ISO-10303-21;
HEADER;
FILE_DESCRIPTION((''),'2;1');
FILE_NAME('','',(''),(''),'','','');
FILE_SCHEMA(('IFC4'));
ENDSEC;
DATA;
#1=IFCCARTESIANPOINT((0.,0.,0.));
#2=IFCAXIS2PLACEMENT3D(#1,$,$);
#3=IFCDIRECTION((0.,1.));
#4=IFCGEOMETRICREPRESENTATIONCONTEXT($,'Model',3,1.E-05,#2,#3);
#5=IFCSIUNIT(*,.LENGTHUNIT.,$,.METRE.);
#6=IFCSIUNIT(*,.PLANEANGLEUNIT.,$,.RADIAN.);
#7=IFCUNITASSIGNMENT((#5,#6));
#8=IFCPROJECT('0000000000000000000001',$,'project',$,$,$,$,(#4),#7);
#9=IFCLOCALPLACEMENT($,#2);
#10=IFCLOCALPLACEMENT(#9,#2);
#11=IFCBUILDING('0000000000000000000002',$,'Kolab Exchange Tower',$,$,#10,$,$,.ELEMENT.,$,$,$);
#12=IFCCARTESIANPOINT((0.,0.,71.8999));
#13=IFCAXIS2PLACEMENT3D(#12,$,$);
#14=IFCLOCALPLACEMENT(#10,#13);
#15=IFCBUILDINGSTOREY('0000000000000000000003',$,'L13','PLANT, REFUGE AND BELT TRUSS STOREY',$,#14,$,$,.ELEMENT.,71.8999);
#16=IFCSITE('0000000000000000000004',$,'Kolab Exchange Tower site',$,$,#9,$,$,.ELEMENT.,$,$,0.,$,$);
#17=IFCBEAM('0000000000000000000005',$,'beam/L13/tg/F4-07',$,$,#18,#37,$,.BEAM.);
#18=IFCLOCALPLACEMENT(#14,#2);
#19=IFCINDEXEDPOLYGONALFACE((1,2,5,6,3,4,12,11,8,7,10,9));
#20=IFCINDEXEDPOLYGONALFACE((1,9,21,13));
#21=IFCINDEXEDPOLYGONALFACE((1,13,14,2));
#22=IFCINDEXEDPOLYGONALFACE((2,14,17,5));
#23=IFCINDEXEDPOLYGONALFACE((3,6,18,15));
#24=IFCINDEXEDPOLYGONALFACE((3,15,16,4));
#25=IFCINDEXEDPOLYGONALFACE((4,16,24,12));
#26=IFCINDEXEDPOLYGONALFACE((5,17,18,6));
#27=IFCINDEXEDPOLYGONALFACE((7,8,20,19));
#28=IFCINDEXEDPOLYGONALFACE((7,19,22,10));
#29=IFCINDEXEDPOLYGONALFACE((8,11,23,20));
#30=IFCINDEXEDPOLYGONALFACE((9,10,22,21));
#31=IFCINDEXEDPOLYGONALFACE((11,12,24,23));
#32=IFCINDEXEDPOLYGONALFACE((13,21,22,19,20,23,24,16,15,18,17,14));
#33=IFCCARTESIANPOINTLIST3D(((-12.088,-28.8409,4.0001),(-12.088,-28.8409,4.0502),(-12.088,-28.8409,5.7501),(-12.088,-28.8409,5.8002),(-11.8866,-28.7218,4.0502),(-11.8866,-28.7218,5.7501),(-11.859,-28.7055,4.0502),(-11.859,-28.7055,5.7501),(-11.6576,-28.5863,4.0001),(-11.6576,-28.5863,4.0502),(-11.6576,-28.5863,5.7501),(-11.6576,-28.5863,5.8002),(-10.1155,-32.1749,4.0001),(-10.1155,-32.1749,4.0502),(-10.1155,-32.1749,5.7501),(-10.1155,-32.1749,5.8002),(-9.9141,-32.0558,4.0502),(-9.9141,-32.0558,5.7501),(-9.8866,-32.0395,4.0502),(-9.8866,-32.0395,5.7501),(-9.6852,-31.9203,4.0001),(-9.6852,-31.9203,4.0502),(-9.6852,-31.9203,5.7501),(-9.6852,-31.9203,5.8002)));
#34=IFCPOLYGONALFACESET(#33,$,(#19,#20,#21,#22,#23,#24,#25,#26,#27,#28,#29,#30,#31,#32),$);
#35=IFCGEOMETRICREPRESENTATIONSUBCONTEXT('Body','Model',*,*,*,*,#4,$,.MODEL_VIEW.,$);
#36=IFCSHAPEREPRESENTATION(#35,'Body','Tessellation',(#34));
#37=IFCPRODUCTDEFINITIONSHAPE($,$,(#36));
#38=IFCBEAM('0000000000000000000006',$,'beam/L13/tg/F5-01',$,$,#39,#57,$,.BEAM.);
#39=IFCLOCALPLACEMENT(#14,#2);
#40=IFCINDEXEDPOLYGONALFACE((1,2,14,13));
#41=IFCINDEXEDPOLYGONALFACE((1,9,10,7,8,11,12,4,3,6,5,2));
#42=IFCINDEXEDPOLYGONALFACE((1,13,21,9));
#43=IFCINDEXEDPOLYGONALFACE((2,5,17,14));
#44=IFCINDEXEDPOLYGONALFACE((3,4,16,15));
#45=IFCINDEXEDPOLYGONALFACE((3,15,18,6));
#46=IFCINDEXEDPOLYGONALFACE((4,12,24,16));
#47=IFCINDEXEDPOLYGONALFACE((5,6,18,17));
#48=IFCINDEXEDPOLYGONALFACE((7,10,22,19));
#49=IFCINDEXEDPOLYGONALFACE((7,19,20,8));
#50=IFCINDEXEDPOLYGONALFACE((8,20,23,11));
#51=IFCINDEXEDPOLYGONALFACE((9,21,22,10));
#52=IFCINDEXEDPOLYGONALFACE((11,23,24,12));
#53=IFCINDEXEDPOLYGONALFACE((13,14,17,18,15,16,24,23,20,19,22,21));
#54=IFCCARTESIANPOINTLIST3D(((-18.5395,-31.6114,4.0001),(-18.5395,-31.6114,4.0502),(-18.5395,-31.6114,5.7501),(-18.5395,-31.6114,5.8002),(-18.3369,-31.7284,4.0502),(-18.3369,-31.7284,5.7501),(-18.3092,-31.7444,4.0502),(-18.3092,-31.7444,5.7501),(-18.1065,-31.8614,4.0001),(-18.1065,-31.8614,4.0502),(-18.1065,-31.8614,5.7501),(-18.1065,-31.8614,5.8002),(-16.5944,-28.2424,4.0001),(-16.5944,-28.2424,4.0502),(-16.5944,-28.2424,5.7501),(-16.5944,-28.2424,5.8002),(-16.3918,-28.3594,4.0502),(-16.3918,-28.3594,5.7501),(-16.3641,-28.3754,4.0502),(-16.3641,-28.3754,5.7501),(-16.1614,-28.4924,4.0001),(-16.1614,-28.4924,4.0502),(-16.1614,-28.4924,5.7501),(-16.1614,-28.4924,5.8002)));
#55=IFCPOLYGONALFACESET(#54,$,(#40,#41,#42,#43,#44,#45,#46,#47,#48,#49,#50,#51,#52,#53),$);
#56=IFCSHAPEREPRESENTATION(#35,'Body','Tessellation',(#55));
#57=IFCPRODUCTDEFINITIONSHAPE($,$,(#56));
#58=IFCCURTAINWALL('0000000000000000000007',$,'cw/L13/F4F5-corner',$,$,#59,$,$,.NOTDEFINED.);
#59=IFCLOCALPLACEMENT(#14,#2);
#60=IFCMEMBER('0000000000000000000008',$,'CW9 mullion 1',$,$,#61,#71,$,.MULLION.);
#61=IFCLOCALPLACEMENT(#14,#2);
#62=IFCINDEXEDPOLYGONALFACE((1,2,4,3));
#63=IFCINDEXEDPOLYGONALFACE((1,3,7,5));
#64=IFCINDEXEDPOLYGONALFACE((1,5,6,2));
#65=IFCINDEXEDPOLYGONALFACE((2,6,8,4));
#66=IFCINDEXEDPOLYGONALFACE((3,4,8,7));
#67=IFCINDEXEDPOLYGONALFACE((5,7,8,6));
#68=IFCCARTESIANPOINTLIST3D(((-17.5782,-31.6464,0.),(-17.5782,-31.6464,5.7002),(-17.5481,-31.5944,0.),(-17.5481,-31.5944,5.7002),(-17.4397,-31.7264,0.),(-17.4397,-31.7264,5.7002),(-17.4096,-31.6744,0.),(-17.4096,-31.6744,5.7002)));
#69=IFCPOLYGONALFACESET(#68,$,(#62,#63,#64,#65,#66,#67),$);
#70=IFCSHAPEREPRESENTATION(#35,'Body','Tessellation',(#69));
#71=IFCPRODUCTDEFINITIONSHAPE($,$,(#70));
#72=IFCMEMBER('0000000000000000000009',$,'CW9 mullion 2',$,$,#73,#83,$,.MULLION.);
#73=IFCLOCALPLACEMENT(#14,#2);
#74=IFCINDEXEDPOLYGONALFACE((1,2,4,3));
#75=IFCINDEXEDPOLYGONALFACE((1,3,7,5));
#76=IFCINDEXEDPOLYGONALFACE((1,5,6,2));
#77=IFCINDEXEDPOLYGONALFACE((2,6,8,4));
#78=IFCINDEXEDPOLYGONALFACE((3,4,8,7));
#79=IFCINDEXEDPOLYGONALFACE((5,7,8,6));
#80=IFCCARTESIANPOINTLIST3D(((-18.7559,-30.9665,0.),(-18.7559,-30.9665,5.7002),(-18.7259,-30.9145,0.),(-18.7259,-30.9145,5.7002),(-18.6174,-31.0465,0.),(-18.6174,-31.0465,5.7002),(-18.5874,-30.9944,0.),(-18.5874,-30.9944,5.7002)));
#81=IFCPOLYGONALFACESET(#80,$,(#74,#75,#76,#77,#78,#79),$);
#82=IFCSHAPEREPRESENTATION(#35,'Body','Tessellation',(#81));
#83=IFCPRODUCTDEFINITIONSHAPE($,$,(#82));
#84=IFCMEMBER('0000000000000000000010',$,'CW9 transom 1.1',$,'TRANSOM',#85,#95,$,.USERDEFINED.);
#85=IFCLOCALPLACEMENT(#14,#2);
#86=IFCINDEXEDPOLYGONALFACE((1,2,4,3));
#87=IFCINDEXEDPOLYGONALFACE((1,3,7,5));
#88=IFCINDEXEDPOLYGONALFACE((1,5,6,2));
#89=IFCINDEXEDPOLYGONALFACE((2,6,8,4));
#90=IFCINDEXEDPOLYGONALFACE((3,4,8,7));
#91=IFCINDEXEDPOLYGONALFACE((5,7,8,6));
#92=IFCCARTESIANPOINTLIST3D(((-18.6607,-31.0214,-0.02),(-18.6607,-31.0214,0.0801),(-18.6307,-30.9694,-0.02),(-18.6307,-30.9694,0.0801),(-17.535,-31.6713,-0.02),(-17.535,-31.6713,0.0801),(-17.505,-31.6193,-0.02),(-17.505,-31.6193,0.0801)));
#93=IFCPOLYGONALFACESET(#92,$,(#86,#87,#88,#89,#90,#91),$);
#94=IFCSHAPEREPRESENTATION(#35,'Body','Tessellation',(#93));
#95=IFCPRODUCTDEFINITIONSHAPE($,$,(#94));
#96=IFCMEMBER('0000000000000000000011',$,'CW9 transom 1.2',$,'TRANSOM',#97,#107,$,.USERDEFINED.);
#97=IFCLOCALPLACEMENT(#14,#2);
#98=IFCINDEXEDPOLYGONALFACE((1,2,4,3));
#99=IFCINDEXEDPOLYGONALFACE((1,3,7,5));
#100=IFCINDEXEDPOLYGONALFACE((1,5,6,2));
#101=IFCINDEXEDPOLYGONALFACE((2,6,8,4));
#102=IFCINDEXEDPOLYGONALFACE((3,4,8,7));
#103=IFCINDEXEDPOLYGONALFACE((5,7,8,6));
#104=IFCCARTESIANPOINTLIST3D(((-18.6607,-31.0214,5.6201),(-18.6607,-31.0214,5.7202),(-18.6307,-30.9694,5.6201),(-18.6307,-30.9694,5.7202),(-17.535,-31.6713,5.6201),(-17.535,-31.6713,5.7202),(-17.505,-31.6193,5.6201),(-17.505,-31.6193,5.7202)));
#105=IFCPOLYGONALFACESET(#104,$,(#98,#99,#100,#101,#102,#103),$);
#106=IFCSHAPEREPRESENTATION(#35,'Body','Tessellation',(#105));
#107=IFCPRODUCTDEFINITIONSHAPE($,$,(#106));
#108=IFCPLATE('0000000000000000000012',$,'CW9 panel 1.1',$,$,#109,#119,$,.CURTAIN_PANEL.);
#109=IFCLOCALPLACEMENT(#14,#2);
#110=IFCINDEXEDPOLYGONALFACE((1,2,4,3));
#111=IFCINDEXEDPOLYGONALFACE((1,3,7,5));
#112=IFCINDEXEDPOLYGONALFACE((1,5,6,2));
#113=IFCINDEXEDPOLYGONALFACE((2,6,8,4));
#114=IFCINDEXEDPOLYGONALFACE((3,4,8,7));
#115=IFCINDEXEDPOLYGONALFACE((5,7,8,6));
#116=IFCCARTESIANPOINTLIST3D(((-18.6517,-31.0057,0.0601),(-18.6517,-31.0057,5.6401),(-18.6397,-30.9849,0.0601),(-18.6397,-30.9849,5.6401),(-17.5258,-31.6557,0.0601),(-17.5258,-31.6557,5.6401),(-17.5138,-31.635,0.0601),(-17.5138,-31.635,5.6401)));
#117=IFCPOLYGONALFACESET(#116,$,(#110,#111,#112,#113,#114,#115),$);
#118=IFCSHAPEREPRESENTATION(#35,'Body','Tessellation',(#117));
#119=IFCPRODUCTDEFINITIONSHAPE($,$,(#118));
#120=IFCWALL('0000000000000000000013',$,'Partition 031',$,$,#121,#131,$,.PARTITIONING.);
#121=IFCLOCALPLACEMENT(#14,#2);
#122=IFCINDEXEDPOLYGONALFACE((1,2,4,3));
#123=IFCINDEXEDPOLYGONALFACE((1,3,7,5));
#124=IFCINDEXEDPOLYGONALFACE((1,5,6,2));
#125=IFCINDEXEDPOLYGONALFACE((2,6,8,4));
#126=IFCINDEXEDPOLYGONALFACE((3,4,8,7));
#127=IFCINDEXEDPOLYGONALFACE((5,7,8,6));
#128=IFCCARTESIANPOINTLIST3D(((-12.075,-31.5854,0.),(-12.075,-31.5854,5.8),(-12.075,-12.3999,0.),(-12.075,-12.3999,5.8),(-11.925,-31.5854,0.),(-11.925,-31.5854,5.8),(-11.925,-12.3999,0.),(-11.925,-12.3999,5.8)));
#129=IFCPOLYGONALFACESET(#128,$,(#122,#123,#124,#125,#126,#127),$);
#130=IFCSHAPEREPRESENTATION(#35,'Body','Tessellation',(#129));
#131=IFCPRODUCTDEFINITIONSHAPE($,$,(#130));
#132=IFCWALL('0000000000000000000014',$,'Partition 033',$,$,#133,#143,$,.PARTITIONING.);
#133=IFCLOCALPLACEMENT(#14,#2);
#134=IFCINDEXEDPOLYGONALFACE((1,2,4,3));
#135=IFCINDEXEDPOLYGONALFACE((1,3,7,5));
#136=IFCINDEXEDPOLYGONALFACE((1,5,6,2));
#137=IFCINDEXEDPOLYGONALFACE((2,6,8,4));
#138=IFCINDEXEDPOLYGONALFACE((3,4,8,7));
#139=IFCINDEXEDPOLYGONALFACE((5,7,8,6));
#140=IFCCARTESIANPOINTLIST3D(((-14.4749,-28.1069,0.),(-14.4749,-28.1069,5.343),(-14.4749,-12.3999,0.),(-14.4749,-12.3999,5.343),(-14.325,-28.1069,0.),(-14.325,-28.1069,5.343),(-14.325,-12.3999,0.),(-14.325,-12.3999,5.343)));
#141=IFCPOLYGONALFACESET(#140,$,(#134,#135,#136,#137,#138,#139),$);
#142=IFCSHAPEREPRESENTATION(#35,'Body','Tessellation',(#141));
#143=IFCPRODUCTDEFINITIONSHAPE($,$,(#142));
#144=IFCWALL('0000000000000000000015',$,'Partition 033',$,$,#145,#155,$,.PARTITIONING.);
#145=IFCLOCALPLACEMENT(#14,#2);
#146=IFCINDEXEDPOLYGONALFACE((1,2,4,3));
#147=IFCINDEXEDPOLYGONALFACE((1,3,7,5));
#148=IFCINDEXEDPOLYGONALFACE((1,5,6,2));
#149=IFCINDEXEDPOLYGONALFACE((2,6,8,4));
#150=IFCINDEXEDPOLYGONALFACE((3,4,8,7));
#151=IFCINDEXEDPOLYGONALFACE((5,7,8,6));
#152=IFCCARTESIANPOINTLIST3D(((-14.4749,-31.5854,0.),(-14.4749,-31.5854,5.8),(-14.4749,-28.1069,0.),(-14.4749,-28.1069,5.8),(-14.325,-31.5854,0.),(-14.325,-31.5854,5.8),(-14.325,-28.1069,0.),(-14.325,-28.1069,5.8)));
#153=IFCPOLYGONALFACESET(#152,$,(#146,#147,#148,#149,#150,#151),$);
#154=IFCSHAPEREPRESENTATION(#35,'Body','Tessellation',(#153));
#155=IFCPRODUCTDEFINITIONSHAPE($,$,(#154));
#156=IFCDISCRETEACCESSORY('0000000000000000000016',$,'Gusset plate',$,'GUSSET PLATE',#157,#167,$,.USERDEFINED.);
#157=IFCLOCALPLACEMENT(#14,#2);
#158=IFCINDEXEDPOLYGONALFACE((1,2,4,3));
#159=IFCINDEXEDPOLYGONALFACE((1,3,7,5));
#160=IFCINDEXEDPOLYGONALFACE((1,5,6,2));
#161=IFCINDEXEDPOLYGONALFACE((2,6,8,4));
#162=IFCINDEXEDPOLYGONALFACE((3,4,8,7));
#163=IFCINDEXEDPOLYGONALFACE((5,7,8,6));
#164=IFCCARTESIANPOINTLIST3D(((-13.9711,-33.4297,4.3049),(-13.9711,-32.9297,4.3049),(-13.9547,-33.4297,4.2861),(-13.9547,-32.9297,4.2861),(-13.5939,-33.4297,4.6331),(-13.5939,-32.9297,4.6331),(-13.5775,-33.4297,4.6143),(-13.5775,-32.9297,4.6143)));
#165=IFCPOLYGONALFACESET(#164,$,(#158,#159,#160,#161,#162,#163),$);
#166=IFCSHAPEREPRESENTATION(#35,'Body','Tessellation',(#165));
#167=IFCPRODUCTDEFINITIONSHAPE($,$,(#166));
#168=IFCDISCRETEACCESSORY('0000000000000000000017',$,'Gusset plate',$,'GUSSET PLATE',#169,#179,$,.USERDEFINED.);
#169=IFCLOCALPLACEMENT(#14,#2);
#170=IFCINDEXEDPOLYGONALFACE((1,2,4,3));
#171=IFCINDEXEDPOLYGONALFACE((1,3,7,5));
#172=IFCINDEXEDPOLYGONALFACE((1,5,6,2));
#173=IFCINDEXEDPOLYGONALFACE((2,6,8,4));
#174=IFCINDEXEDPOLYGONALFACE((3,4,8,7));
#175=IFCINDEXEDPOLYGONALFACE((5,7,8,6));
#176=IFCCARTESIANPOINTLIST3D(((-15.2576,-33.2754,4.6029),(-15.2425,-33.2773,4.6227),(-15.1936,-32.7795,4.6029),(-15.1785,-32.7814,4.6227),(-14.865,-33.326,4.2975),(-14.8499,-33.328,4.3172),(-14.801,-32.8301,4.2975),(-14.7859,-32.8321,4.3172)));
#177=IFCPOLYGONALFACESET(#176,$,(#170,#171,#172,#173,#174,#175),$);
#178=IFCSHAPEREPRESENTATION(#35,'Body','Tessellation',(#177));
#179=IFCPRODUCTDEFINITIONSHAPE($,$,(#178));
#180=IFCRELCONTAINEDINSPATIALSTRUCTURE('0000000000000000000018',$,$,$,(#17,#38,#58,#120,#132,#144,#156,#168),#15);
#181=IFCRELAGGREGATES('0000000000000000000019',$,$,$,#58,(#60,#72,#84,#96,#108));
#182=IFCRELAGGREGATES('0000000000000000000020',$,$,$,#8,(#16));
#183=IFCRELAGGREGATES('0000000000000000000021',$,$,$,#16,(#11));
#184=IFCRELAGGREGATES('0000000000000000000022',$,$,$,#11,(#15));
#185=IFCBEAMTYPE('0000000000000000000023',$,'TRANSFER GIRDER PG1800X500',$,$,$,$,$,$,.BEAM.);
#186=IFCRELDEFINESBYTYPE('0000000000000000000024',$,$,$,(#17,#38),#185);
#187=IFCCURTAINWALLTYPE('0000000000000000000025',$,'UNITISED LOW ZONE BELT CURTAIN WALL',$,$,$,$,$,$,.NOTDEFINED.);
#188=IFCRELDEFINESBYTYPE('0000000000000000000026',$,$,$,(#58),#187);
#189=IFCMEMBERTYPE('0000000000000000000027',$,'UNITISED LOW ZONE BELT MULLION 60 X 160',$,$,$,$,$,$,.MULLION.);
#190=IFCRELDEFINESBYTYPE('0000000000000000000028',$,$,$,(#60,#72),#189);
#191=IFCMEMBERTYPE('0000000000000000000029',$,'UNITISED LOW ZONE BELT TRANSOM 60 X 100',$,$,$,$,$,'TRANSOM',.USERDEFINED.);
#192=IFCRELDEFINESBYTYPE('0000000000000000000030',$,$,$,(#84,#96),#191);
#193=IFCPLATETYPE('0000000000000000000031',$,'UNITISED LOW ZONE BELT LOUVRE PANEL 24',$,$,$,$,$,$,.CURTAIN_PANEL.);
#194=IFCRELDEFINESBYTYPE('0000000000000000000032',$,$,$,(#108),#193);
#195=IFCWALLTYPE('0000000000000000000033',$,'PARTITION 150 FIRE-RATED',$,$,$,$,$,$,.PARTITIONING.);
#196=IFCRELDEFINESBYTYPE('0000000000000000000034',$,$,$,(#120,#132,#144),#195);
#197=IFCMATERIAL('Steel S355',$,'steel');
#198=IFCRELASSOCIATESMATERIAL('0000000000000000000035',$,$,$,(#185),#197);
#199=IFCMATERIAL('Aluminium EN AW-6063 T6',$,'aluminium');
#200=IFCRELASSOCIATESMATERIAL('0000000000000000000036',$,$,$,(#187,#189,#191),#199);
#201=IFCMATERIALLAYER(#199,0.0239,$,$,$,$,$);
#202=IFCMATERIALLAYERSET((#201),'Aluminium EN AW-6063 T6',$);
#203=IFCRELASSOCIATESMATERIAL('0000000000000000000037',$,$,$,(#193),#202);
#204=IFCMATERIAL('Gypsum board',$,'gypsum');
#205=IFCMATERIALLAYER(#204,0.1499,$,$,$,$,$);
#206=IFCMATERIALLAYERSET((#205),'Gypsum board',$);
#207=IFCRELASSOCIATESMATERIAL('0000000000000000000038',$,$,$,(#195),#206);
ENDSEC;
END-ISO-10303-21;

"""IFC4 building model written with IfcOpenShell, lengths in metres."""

from ifc_helpers import new_model, si_unit, direction, frame, frame_2d, origin, origin_2d, place, context, subcontext, project, spatial, rectangle, i_section, extrude, material, layer, layer_set, material_profile, profile_set, type_object, element, aggregate, save


model = new_model("IFC4")

# Units and contexts
model_context = context("Model", 3, precision=1e-05, world=origin(), true_north=direction((0.0, 1.0)))
body_context = subcontext(model_context, "Body", "Model", "MODEL_VIEW")
ifc_project = project(units=[si_unit("LENGTHUNIT", "METRE"), si_unit("PLANEANGLEUNIT", "RADIAN")], contexts=[model_context])

# Site, building, storey
site_placement = place(None, origin())
site = spatial("IfcSite", under=ifc_project, at=site_placement, Name="Kolab Exchange Tower site", CompositionType="ELEMENT", RefElevation=0.0)
building_placement = place(site_placement, origin())
building = spatial("IfcBuilding", under=site, at=building_placement, Name="Kolab Exchange Tower", CompositionType="ELEMENT")
storey_placement = place(building_placement, frame((0.0, 0.0, 71.8999)))
storey = spatial("IfcBuildingStorey", under=building, at=storey_placement, Name="L13", Description="PLANT, REFUGE AND BELT TRUSS STOREY", CompositionType="ELEMENT", Elevation=71.8999)

# Shared definitions
ifc_material_1 = material(Name="Steel S355", Category="steel")

# Shared definitions
ifc_material_2 = material(Name="Aluminium EN AW-6063 T6", Category="aluminium")

# Beams
ifc_material_profile_1 = material_profile(ifc_material_1, i_section(OverallWidth=0.5, OverallDepth=1.8, WebThickness=0.032, FlangeThickness=0.05, at=origin_2d()), Name="PG1800X500")
ifc_profile_set_1 = profile_set([ifc_material_profile_1], Name="Steel S355")
beam_type_1 = type_object("IfcBeamType", Name="TRANSFER GIRDER PG1800X500", PredefinedType="BEAM", material=ifc_profile_set_1)
beam_1_placement = place(storey_placement, frame((-11.8728, -28.7136, 4.9001), z_axis=(0.509175, -0.860663, 0.0), x_axis=(0.860663, 0.509175, 0.0)))
element("IfcBeam", 1, at=beam_1_placement, inside=storey, type_object=beam_type_1, Name="beam/L13/tg/F4-07", PredefinedType="BEAM", context=body_context, shape_type="SweptSolid", body=[
    extrude(i_section(OverallWidth=0.5, OverallDepth=1.8, WebThickness=0.032, FlangeThickness=0.05, at=origin_2d()), origin(), (0.0, 0.0, 1.0), 3.8738),
])
beam_2_placement = place(storey_placement, frame((-16.3779, -28.3674, 4.9001), z_axis=(-0.500007, -0.866022, 0.0), x_axis=(0.866022, -0.500007, 0.0)))
element("IfcBeam", 2, at=beam_2_placement, inside=storey, type_object=beam_type_1, Name="beam/L13/tg/F5-01", PredefinedType="BEAM", context=body_context, shape_type="SweptSolid", body=[
    extrude(i_section(OverallWidth=0.5, OverallDepth=1.8, WebThickness=0.032, FlangeThickness=0.05, at=origin_2d()), origin(), (0.0, 0.0, 1.0), 3.8901),
])

# Curtain wall, members, plate
curtain_wall_type_1 = type_object("IfcCurtainWallType", Name="UNITISED LOW ZONE BELT CURTAIN WALL", PredefinedType="NOTDEFINED", material=ifc_material_2)
curtain_wall_1_placement = place(storey_placement, origin())
curtain_wall_1 = element("IfcCurtainWall", 3, at=curtain_wall_1_placement, inside=storey, type_object=curtain_wall_type_1, Name="cw/L13/F4F5-corner", PredefinedType="NOTDEFINED")
ifc_material_profile_2 = material_profile(ifc_material_2, rectangle(XDim=0.0601, YDim=0.1599, at=origin_2d()), Name="RECT 60X160")
ifc_profile_set_2 = profile_set([ifc_material_profile_2], Name="Aluminium EN AW-6063 T6")
member_type_1 = type_object("IfcMemberType", Name="UNITISED LOW ZONE BELT MULLION 60 X 160", PredefinedType="MULLION", material=ifc_profile_set_2)
member_1_placement = place(storey_placement, frame((-17.4939, -31.6604, 0.0), z_axis=(0.0, 0.0, 1.0), x_axis=(-0.5, -0.866025, 0.0)))
member_1 = element("IfcMember", 4, at=member_1_placement, type_object=member_type_1, Name="CW9 mullion 1", PredefinedType="MULLION", context=body_context, shape_type="SweptSolid", body=[
    extrude(rectangle(XDim=0.0601, YDim=0.1599, at=origin_2d()), origin(), (0.0, 0.0, 1.0), 5.7002),
])
member_2_placement = place(storey_placement, frame((-18.6716, -30.9805, 0.0), z_axis=(0.0, 0.0, 1.0), x_axis=(-0.5, -0.866025, 0.0)))
member_2 = element("IfcMember", 5, at=member_2_placement, type_object=member_type_1, Name="CW9 mullion 2", PredefinedType="MULLION", context=body_context, shape_type="SweptSolid", body=[
    extrude(rectangle(XDim=0.0601, YDim=0.1599, at=origin_2d()), origin(), (0.0, 0.0, 1.0), 5.7002),
])
ifc_material_profile_3 = material_profile(ifc_material_2, rectangle(XDim=0.0601, YDim=0.1001, at=origin_2d()), Name="RECT 60X100")
ifc_profile_set_3 = profile_set([ifc_material_profile_3], Name="Aluminium EN AW-6063 T6")
member_type_2 = type_object("IfcMemberType", Name="UNITISED LOW ZONE BELT TRANSOM 60 X 100", ElementType="TRANSOM", PredefinedType="USERDEFINED", material=ifc_profile_set_3)
member_3_placement = place(storey_placement, frame((-17.52, -31.6453, 0.03), z_axis=(-0.866039, 0.499977, 0.0), x_axis=(-0.499977, -0.866039, 0.0)))
member_3 = element("IfcMember", 6, at=member_3_placement, type_object=member_type_2, Name="CW9 transom 1.1", ObjectType="TRANSOM", PredefinedType="USERDEFINED", context=body_context, shape_type="SweptSolid", body=[
    extrude(rectangle(XDim=0.0601, YDim=0.1001, at=origin_2d()), origin(), (0.0, 0.0, 1.0), 1.2998),
])
member_4_placement = place(storey_placement, frame((-17.52, -31.6453, 5.6702), z_axis=(-0.866039, 0.499977, 0.0), x_axis=(-0.499977, -0.866039, 0.0)))
member_4 = element("IfcMember", 7, at=member_4_placement, type_object=member_type_2, Name="CW9 transom 1.2", ObjectType="TRANSOM", PredefinedType="USERDEFINED", context=body_context, shape_type="SweptSolid", body=[
    extrude(rectangle(XDim=0.0601, YDim=0.1001, at=origin_2d()), origin(), (0.0, 0.0, 1.0), 1.2998),
])
ifc_layer_1 = layer(ifc_material_2, 0.0239)
ifc_layer_set_1 = layer_set([ifc_layer_1], Name="Aluminium EN AW-6063 T6")
plate_type = type_object("IfcPlateType", Name="UNITISED LOW ZONE BELT LOUVRE PANEL 24", PredefinedType="CURTAIN_PANEL", material=ifc_layer_set_1)
plate_placement = place(storey_placement, frame((-18.0828, -31.3203, 0.0601), z_axis=(0.0, 0.0, 1.0), x_axis=(-0.866025, 0.5, 0.0)))
plate = element("IfcPlate", 8, at=plate_placement, type_object=plate_type, Name="CW9 panel 1.1", PredefinedType="CURTAIN_PANEL", context=body_context, shape_type="SweptSolid", body=[
    extrude(rectangle(XDim=1.3, YDim=0.0239, at=origin_2d()), origin(), (0.0, 0.0, 1.0), 5.5801),
])
aggregate(curtain_wall_1, [member_1, member_2, member_3, member_4, plate])

# Walls
ifc_material_3 = material(Name="Gypsum board", Category="gypsum")
ifc_layer_2 = layer(ifc_material_3, 0.1499)
ifc_layer_set_2 = layer_set([ifc_layer_2], Name="Gypsum board")
wall_type = type_object("IfcWallType", Name="PARTITION 150 FIRE-RATED", PredefinedType="PARTITIONING", material=ifc_layer_set_2)
wall_1_placement = place(storey_placement, frame((-12.0, -31.5854, 0.0), z_axis=(0.0, 0.0, 1.0), x_axis=(0.0, 1.0, 0.0)))
element("IfcWall", 9, at=wall_1_placement, inside=storey, type_object=wall_type, Name="Partition 031", PredefinedType="PARTITIONING", context=body_context, shape_type="SweptSolid", body=[
    extrude(rectangle(XDim=19.1855, YDim=0.1499, at=frame_2d((9.5928, 0.0))), origin(), (0.0, 0.0, 1.0), 5.8),
])
wall_2_placement = place(storey_placement, frame((-14.3999, -28.1069, 0.0), z_axis=(0.0, 0.0, 1.0), x_axis=(0.0, 1.0, 0.0)))
element("IfcWall", 10, at=wall_2_placement, inside=storey, type_object=wall_type, Name="Partition 033", PredefinedType="PARTITIONING", context=body_context, shape_type="SweptSolid", body=[
    extrude(rectangle(XDim=15.707, YDim=0.1499, at=frame_2d((7.8535, 0.0))), origin(), (0.0, 0.0, 1.0), 5.343),
])
wall_3_placement = place(storey_placement, frame((-14.3999, -31.5854, 0.0), z_axis=(0.0, 0.0, 1.0), x_axis=(0.0, 1.0, 0.0)))
element("IfcWall", 11, at=wall_3_placement, inside=storey, type_object=wall_type, Name="Partition 033", PredefinedType="PARTITIONING", context=body_context, shape_type="SweptSolid", body=[
    extrude(rectangle(XDim=3.4785, YDim=0.1499, at=frame_2d((1.7393, 0.0))), origin(), (0.0, 0.0, 1.0), 5.8),
])

# Discrete accessories
for number, where, z_axis, x_axis, name in (
    (12, (-13.7661, -33.1797, 4.4502), (-0.656421, 0.0, 0.754395), (0.0, -1.0, 0.0), "Gusset plate"),
    (13, (-15.0293, -33.0527, 4.4502), (0.605953, -0.078188, 0.791649), (0.127971, 0.991778, 0.0), "Gusset plate"),
):
    element("IfcDiscreteAccessory", number, at=place(storey_placement, frame(where, z_axis=z_axis, x_axis=x_axis)), inside=storey, Name=name, ObjectType="GUSSET PLATE", PredefinedType="USERDEFINED", context=body_context, shape_type="SweptSolid", body=[
        extrude(rectangle(XDim=0.5, YDim=0.5, at=origin_2d()), origin(), (0.0, 0.0, 1.0), 0.0249),
    ])

save(model, "model.ifc")
